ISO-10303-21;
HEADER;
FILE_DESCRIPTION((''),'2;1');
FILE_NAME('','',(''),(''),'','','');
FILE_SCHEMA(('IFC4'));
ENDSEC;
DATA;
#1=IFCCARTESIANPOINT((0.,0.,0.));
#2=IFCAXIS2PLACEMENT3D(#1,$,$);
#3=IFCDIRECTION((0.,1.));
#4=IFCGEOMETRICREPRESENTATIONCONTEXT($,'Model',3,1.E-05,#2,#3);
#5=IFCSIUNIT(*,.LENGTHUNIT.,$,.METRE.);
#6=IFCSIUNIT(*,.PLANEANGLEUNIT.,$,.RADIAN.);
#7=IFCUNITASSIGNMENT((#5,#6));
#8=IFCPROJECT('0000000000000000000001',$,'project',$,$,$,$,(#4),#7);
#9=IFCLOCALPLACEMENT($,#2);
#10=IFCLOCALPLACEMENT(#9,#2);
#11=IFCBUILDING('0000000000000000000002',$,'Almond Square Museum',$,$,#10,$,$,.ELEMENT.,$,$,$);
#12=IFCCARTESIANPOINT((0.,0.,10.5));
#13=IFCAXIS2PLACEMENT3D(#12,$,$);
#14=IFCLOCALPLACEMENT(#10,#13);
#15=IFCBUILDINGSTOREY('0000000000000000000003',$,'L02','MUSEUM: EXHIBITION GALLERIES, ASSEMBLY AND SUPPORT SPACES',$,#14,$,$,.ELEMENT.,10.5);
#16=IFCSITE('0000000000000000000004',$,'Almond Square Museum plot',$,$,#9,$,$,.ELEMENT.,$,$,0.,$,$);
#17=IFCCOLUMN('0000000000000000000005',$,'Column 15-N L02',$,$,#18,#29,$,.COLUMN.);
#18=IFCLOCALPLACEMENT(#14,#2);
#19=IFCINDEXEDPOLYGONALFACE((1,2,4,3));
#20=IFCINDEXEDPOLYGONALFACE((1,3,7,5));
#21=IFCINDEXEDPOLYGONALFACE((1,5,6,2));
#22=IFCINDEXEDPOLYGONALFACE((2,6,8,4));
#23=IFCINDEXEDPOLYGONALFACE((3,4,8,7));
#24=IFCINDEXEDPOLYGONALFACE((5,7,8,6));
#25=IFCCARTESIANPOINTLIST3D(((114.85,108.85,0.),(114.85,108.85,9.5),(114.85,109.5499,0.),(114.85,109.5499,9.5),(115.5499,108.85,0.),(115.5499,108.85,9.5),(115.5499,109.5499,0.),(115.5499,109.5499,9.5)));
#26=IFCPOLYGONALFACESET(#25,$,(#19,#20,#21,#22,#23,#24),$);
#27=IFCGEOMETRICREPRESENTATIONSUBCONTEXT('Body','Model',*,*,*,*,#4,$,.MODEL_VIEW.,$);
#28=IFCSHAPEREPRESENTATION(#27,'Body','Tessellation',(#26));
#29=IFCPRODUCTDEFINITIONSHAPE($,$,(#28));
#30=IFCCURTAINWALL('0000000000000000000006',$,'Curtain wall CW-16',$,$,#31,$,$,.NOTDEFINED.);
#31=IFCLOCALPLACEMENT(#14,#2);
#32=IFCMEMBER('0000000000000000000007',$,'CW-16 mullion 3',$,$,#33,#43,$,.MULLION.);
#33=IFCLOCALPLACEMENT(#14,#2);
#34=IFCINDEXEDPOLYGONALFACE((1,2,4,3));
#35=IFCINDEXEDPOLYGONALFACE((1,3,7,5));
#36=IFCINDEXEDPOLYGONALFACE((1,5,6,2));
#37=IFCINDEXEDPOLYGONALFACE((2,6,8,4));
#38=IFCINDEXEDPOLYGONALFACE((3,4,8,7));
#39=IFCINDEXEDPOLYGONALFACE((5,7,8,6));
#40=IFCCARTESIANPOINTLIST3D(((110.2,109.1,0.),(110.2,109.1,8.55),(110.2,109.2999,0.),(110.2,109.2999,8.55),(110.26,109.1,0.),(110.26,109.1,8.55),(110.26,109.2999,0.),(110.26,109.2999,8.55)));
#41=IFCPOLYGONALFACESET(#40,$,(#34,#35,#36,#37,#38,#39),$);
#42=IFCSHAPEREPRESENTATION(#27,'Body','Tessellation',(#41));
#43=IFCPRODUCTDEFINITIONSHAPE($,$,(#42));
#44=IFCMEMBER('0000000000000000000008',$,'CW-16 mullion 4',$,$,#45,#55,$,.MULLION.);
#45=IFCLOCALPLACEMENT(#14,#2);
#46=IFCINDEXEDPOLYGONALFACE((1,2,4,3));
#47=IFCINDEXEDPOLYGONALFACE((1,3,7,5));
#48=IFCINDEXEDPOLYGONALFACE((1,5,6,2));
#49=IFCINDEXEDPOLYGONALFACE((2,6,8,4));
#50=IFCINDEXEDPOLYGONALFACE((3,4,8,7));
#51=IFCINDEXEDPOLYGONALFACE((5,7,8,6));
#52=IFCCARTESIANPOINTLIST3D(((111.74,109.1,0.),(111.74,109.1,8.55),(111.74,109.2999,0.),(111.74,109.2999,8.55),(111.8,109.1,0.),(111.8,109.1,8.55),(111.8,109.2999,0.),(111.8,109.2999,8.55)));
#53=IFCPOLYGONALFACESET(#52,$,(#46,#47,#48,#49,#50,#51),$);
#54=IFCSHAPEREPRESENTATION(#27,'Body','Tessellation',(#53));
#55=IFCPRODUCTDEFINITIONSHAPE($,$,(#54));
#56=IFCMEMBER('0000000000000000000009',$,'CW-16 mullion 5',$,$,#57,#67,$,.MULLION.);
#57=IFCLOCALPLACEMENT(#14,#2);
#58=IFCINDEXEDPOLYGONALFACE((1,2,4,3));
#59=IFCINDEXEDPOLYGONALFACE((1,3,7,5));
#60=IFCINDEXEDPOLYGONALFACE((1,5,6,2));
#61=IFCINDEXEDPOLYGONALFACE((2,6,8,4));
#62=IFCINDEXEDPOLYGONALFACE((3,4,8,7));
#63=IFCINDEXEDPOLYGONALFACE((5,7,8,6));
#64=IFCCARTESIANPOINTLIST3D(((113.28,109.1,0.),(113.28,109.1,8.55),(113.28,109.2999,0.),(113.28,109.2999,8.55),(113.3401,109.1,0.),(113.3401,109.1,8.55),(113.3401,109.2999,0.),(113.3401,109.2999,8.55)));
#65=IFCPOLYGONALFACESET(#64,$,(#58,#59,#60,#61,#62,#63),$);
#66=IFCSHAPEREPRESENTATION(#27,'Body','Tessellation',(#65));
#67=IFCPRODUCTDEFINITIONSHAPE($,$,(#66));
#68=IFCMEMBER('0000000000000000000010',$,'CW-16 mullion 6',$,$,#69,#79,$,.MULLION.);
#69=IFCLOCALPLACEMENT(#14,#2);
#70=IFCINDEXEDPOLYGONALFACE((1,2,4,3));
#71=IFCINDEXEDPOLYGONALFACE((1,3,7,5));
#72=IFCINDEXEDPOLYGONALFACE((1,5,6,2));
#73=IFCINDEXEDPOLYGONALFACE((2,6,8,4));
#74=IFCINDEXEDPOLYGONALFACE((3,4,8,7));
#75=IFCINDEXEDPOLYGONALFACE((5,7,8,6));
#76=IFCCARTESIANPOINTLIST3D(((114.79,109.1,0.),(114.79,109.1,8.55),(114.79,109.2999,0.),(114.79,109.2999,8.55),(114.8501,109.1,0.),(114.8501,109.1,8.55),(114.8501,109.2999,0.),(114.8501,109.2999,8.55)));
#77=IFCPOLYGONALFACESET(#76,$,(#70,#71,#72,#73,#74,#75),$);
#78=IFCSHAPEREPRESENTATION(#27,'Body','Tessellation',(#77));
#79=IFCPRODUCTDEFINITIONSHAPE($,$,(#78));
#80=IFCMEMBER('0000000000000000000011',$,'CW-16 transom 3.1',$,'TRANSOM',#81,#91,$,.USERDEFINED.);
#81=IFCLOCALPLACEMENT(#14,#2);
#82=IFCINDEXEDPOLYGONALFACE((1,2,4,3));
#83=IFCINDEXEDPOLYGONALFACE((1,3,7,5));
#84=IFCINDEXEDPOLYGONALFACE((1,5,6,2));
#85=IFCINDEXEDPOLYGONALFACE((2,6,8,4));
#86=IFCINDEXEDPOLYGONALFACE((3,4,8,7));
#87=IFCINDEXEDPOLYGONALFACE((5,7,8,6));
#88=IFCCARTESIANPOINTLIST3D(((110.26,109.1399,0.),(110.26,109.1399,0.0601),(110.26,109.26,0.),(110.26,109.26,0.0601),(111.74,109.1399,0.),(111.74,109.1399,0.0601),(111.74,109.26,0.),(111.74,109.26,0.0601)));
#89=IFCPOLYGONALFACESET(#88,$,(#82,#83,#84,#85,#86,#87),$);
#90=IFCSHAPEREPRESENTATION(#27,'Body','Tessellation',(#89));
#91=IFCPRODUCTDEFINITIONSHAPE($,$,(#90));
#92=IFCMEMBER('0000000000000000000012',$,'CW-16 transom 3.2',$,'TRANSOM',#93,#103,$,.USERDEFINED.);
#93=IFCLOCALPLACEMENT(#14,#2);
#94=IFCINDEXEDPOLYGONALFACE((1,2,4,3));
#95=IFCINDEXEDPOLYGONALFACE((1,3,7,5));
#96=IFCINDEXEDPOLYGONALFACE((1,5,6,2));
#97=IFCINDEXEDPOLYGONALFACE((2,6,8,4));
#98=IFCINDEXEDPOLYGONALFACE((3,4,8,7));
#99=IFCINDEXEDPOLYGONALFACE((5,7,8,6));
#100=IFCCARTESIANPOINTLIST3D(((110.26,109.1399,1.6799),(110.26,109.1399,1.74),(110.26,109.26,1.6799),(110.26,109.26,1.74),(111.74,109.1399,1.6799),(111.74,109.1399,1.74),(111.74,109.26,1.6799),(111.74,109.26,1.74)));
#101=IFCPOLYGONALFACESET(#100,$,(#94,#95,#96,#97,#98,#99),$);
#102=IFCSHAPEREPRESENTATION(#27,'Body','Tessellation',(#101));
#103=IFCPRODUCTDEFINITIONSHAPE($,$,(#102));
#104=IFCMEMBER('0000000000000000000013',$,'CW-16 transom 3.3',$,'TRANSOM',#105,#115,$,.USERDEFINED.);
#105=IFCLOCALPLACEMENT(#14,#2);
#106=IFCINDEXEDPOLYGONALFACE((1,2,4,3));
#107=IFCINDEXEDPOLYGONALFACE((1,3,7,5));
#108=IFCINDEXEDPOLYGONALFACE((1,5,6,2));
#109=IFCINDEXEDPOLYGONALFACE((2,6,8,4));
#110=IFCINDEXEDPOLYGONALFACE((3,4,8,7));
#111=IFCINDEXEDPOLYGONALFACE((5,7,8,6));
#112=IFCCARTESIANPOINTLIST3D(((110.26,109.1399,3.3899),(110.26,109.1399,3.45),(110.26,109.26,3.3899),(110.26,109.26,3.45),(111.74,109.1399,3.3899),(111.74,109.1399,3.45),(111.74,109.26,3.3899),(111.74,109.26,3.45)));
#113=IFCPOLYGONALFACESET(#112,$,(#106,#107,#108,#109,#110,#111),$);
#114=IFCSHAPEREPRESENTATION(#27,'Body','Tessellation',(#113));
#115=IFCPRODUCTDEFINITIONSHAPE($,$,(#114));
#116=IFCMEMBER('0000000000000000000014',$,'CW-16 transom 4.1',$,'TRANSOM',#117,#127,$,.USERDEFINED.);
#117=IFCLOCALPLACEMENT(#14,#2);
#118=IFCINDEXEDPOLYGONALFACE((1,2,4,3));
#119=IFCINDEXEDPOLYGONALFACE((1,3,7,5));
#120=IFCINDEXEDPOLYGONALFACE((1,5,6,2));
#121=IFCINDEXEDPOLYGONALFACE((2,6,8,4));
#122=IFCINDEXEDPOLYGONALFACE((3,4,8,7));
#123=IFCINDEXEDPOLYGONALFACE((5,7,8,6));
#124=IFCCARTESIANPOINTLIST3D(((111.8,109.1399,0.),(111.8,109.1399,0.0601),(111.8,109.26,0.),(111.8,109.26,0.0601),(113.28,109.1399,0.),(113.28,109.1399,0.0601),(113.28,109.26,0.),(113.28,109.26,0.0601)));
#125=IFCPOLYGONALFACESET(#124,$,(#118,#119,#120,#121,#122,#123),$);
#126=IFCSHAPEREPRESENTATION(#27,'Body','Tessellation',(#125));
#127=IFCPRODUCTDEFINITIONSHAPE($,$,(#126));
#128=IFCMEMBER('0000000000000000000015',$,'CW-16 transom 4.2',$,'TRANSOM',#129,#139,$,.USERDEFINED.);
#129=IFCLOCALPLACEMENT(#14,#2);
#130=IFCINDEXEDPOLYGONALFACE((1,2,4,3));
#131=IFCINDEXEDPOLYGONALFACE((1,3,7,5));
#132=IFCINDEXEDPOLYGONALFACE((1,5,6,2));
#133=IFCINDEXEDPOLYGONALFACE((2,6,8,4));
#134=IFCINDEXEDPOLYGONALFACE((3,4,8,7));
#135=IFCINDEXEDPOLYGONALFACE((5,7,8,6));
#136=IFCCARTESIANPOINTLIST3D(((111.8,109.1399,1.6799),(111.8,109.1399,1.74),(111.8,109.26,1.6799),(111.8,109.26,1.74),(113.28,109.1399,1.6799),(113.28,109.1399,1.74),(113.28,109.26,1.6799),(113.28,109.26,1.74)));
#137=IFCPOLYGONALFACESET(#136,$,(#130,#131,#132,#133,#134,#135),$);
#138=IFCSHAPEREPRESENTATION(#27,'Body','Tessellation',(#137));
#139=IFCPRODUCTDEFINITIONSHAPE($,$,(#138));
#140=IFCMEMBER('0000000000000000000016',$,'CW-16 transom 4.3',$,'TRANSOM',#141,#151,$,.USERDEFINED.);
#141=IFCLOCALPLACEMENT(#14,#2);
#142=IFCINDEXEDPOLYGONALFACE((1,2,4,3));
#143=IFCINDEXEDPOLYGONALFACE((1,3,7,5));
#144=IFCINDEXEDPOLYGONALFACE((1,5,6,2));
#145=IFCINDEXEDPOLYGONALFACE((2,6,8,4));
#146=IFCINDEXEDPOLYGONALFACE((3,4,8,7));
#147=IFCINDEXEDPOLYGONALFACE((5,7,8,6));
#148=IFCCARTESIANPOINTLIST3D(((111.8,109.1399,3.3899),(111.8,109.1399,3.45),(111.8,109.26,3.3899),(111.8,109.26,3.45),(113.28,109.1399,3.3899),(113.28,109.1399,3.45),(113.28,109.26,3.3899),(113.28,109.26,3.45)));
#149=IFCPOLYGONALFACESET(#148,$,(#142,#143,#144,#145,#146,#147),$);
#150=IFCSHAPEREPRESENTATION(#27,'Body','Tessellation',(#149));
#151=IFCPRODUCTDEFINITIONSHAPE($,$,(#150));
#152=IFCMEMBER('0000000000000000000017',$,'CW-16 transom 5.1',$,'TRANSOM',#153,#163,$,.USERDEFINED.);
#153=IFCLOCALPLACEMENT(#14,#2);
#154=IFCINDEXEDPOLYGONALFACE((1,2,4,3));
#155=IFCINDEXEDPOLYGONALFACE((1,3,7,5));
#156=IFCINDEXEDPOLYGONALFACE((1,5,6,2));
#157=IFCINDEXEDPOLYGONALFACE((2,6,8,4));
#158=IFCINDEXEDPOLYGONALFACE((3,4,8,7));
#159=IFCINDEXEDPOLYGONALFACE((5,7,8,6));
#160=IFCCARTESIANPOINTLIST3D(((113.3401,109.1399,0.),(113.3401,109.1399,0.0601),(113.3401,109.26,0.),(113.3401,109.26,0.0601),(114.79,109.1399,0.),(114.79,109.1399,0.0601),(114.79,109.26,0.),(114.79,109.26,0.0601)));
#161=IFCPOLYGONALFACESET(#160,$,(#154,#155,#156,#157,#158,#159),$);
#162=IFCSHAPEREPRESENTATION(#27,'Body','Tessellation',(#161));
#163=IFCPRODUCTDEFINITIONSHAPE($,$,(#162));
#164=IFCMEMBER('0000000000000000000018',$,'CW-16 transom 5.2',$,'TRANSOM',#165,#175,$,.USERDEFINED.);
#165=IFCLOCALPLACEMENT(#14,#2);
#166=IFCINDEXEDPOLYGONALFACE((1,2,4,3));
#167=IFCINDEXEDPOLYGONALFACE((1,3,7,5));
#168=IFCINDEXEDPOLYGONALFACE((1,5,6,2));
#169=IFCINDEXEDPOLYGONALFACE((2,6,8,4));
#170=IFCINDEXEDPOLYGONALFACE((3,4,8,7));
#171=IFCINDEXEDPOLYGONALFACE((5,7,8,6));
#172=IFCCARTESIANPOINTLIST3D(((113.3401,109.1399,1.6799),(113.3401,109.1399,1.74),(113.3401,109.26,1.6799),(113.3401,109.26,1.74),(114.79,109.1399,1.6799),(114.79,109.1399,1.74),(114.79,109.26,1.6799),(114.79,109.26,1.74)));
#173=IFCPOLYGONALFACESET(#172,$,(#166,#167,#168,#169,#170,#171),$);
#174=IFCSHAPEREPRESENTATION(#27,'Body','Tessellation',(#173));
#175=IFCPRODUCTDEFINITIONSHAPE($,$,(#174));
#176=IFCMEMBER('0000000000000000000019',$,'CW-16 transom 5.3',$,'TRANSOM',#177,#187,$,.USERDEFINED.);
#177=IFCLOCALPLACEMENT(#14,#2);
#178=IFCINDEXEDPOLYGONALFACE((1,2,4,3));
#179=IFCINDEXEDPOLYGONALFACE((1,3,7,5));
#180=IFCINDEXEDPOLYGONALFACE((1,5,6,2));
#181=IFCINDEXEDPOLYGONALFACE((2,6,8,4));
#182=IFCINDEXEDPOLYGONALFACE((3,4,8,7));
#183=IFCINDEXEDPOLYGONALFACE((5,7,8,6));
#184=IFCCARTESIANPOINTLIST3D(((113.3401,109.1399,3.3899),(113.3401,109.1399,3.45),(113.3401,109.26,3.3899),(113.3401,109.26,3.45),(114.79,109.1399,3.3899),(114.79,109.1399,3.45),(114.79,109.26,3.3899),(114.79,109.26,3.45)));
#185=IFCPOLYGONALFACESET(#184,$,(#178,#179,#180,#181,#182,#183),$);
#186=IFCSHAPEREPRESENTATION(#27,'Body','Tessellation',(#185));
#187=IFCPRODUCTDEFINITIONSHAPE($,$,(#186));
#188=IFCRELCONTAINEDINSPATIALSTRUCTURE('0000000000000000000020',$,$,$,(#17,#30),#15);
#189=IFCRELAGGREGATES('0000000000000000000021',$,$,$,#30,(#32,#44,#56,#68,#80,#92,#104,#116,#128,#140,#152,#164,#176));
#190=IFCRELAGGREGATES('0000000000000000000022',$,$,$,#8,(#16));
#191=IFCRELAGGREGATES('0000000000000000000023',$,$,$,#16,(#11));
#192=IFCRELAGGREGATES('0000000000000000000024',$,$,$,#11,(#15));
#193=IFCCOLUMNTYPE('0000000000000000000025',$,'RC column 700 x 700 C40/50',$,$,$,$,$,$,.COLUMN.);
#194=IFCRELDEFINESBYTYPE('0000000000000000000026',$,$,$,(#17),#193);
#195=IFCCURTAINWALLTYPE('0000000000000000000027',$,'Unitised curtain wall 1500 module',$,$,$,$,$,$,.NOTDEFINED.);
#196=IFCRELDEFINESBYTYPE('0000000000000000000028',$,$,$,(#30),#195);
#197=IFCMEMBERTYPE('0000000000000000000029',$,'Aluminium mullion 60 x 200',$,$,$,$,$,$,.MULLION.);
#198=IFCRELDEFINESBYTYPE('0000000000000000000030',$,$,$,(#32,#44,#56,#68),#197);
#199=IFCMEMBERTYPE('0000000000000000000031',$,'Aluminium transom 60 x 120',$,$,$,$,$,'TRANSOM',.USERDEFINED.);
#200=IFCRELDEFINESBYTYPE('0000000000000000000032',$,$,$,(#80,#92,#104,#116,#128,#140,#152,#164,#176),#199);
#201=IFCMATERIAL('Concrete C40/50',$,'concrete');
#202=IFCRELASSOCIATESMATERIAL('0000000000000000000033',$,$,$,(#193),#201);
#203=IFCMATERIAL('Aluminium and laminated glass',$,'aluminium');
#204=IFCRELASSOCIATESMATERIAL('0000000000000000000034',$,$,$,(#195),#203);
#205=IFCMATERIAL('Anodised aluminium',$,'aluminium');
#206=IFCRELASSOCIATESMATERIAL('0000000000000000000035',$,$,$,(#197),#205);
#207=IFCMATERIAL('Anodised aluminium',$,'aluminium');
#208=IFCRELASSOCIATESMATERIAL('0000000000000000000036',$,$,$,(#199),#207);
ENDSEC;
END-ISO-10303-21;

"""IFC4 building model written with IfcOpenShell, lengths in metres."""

from ifc_helpers import new_model, si_unit, direction, frame, origin, origin_2d, place, context, subcontext, project, spatial, rectangle, extrude, material, material_profile, profile_set, type_object, element, aggregate, save


model = new_model("IFC4")

# Units and contexts
model_context = context("Model", 3, precision=1e-05, world=origin(), true_north=direction((0.0, 1.0)))
body_context = subcontext(model_context, "Body", "Model", "MODEL_VIEW")
ifc_project = project(units=[si_unit("LENGTHUNIT", "METRE"), si_unit("PLANEANGLEUNIT", "RADIAN")], contexts=[model_context])

# Site, building, storey
site_placement = place(None, origin())
site = spatial("IfcSite", under=ifc_project, at=site_placement, Name="Almond Square Museum plot", CompositionType="ELEMENT", RefElevation=0.0)
building_placement = place(site_placement, origin())
building = spatial("IfcBuilding", under=site, at=building_placement, Name="Almond Square Museum", CompositionType="ELEMENT")
storey_placement = place(building_placement, frame((0.0, 0.0, 10.5)))
storey = spatial("IfcBuildingStorey", under=building, at=storey_placement, Name="L02", Description="MUSEUM: EXHIBITION GALLERIES, ASSEMBLY AND SUPPORT SPACES", CompositionType="ELEMENT", Elevation=10.5)

# Column
ifc_material_1 = material(Name="Concrete C40/50", Category="concrete")
ifc_material_profile_1 = material_profile(ifc_material_1, rectangle(XDim=0.7, YDim=0.7, at=origin_2d()))
ifc_profile_set_1 = profile_set([ifc_material_profile_1], Name="Concrete C40/50")
column_type = type_object("IfcColumnType", Name="RC column 700 x 700 C40/50", PredefinedType="COLUMN", material=ifc_profile_set_1)
column_placement = place(storey_placement, frame((115.2, 109.2, 0.0), z_axis=(0.0, 0.0, 1.0), x_axis=(1.0, 0.0, 0.0)))
element("IfcColumn", 1, at=column_placement, inside=storey, type_object=column_type, Name="Column 15-N L02", PredefinedType="COLUMN", context=body_context, shape_type="SweptSolid", body=[
    extrude(rectangle(XDim=0.7, YDim=0.7, at=origin_2d()), origin(), (0.0, 0.0, 1.0), 9.5),
])

# Curtain wall, members
ifc_material_2 = material(Name="Aluminium and laminated glass", Category="aluminium")
curtain_wall_type = type_object("IfcCurtainWallType", Name="Unitised curtain wall 1500 module", PredefinedType="NOTDEFINED", material=ifc_material_2)
curtain_wall_placement = place(storey_placement, origin())
curtain_wall = element("IfcCurtainWall", 2, at=curtain_wall_placement, inside=storey, type_object=curtain_wall_type, Name="Curtain wall CW-16", PredefinedType="NOTDEFINED")
ifc_material_3 = material(Name="Anodised aluminium", Category="aluminium")
ifc_material_profile_2 = material_profile(ifc_material_3, rectangle(XDim=0.2, YDim=0.0601, at=origin_2d()))
ifc_profile_set_2 = profile_set([ifc_material_profile_2], Name="Anodised aluminium")
member_type_1 = type_object("IfcMemberType", Name="Aluminium mullion 60 x 200", PredefinedType="MULLION", material=ifc_profile_set_2)
member_1_placement = place(storey_placement, frame((110.23, 109.2, 0.0), z_axis=(0.0, 0.0, 1.0), x_axis=(0.0, 1.0, 0.0)))
member_1 = element("IfcMember", 3, at=member_1_placement, type_object=member_type_1, Name="CW-16 mullion 3", PredefinedType="MULLION", context=body_context, shape_type="SweptSolid", body=[
    extrude(rectangle(XDim=0.2, YDim=0.0601, at=origin_2d()), origin(), (0.0, 0.0, 1.0), 8.55),
])
member_2_placement = place(storey_placement, frame((111.77, 109.2, 0.0), z_axis=(0.0, 0.0, 1.0), x_axis=(0.0, 1.0, 0.0)))
member_2 = element("IfcMember", 4, at=member_2_placement, type_object=member_type_1, Name="CW-16 mullion 4", PredefinedType="MULLION", context=body_context, shape_type="SweptSolid", body=[
    extrude(rectangle(XDim=0.2, YDim=0.0601, at=origin_2d()), origin(), (0.0, 0.0, 1.0), 8.55),
])
member_3_placement = place(storey_placement, frame((113.3101, 109.2, 0.0), z_axis=(0.0, 0.0, 1.0), x_axis=(0.0, 1.0, 0.0)))
member_3 = element("IfcMember", 5, at=member_3_placement, type_object=member_type_1, Name="CW-16 mullion 5", PredefinedType="MULLION", context=body_context, shape_type="SweptSolid", body=[
    extrude(rectangle(XDim=0.2, YDim=0.0601, at=origin_2d()), origin(), (0.0, 0.0, 1.0), 8.55),
])
member_4_placement = place(storey_placement, frame((114.8201, 109.2, 0.0), z_axis=(0.0, 0.0, 1.0), x_axis=(0.0, 1.0, 0.0)))
member_4 = element("IfcMember", 6, at=member_4_placement, type_object=member_type_1, Name="CW-16 mullion 6", PredefinedType="MULLION", context=body_context, shape_type="SweptSolid", body=[
    extrude(rectangle(XDim=0.2, YDim=0.0601, at=origin_2d()), origin(), (0.0, 0.0, 1.0), 8.55),
])
ifc_material_4 = material(Name="Anodised aluminium", Category="aluminium")
ifc_material_profile_3 = material_profile(ifc_material_4, rectangle(XDim=0.1201, YDim=0.0601, at=origin_2d()))
ifc_profile_set_3 = profile_set([ifc_material_profile_3], Name="Anodised aluminium")
member_type_2 = type_object("IfcMemberType", Name="Aluminium transom 60 x 120", ElementType="TRANSOM", PredefinedType="USERDEFINED", material=ifc_profile_set_3)
member_5_placement = place(storey_placement, frame((110.26, 109.2, 0.03), z_axis=(1.0, 0.0, 0.0), x_axis=(0.0, 1.0, 0.0)))
member_5 = element("IfcMember", 7, at=member_5_placement, type_object=member_type_2, Name="CW-16 transom 3.1", ObjectType="TRANSOM", PredefinedType="USERDEFINED", context=body_context, shape_type="SweptSolid", body=[
    extrude(rectangle(XDim=0.1201, YDim=0.0601, at=origin_2d()), origin(), (0.0, 0.0, 1.0), 1.48),
])
member_6_placement = place(storey_placement, frame((110.26, 109.2, 1.71), z_axis=(1.0, 0.0, 0.0), x_axis=(0.0, 1.0, 0.0)))
member_6 = element("IfcMember", 8, at=member_6_placement, type_object=member_type_2, Name="CW-16 transom 3.2", ObjectType="TRANSOM", PredefinedType="USERDEFINED", context=body_context, shape_type="SweptSolid", body=[
    extrude(rectangle(XDim=0.1201, YDim=0.0601, at=origin_2d()), origin(), (0.0, 0.0, 1.0), 1.48),
])
member_7_placement = place(storey_placement, frame((110.26, 109.2, 3.4199), z_axis=(1.0, 0.0, 0.0), x_axis=(0.0, 1.0, 0.0)))
member_7 = element("IfcMember", 9, at=member_7_placement, type_object=member_type_2, Name="CW-16 transom 3.3", ObjectType="TRANSOM", PredefinedType="USERDEFINED", context=body_context, shape_type="SweptSolid", body=[
    extrude(rectangle(XDim=0.1201, YDim=0.0601, at=origin_2d()), origin(), (0.0, 0.0, 1.0), 1.48),
])
member_8_placement = place(storey_placement, frame((111.8, 109.2, 0.03), z_axis=(1.0, 0.0, 0.0), x_axis=(0.0, 1.0, 0.0)))
member_8 = element("IfcMember", 10, at=member_8_placement, type_object=member_type_2, Name="CW-16 transom 4.1", ObjectType="TRANSOM", PredefinedType="USERDEFINED", context=body_context, shape_type="SweptSolid", body=[
    extrude(rectangle(XDim=0.1201, YDim=0.0601, at=origin_2d()), origin(), (0.0, 0.0, 1.0), 1.48),
])
member_9_placement = place(storey_placement, frame((111.8, 109.2, 1.71), z_axis=(1.0, 0.0, 0.0), x_axis=(0.0, 1.0, 0.0)))
member_9 = element("IfcMember", 11, at=member_9_placement, type_object=member_type_2, Name="CW-16 transom 4.2", ObjectType="TRANSOM", PredefinedType="USERDEFINED", context=body_context, shape_type="SweptSolid", body=[
    extrude(rectangle(XDim=0.1201, YDim=0.0601, at=origin_2d()), origin(), (0.0, 0.0, 1.0), 1.48),
])
member_10_placement = place(storey_placement, frame((111.8, 109.2, 3.4199), z_axis=(1.0, 0.0, 0.0), x_axis=(0.0, 1.0, 0.0)))
member_10 = element("IfcMember", 12, at=member_10_placement, type_object=member_type_2, Name="CW-16 transom 4.3", ObjectType="TRANSOM", PredefinedType="USERDEFINED", context=body_context, shape_type="SweptSolid", body=[
    extrude(rectangle(XDim=0.1201, YDim=0.0601, at=origin_2d()), origin(), (0.0, 0.0, 1.0), 1.48),
])
member_11_placement = place(storey_placement, frame((113.3401, 109.2, 0.03), z_axis=(1.0, 0.0, 0.0), x_axis=(0.0, 1.0, 0.0)))
member_11 = element("IfcMember", 13, at=member_11_placement, type_object=member_type_2, Name="CW-16 transom 5.1", ObjectType="TRANSOM", PredefinedType="USERDEFINED", context=body_context, shape_type="SweptSolid", body=[
    extrude(rectangle(XDim=0.1201, YDim=0.0601, at=origin_2d()), origin(), (0.0, 0.0, 1.0), 1.45),
])
member_12_placement = place(storey_placement, frame((113.3401, 109.2, 1.71), z_axis=(1.0, 0.0, 0.0), x_axis=(0.0, 1.0, 0.0)))
member_12 = element("IfcMember", 14, at=member_12_placement, type_object=member_type_2, Name="CW-16 transom 5.2", ObjectType="TRANSOM", PredefinedType="USERDEFINED", context=body_context, shape_type="SweptSolid", body=[
    extrude(rectangle(XDim=0.1201, YDim=0.0601, at=origin_2d()), origin(), (0.0, 0.0, 1.0), 1.45),
])
member_13_placement = place(storey_placement, frame((113.3401, 109.2, 3.4199), z_axis=(1.0, 0.0, 0.0), x_axis=(0.0, 1.0, 0.0)))
member_13 = element("IfcMember", 15, at=member_13_placement, type_object=member_type_2, Name="CW-16 transom 5.3", ObjectType="TRANSOM", PredefinedType="USERDEFINED", context=body_context, shape_type="SweptSolid", body=[
    extrude(rectangle(XDim=0.1201, YDim=0.0601, at=origin_2d()), origin(), (0.0, 0.0, 1.0), 1.45),
])
aggregate(curtain_wall, [member_1, member_2, member_3, member_4, member_5, member_6, member_7, member_8, member_9, member_10, member_11, member_12, member_13])

save(model, "model.ifc")
